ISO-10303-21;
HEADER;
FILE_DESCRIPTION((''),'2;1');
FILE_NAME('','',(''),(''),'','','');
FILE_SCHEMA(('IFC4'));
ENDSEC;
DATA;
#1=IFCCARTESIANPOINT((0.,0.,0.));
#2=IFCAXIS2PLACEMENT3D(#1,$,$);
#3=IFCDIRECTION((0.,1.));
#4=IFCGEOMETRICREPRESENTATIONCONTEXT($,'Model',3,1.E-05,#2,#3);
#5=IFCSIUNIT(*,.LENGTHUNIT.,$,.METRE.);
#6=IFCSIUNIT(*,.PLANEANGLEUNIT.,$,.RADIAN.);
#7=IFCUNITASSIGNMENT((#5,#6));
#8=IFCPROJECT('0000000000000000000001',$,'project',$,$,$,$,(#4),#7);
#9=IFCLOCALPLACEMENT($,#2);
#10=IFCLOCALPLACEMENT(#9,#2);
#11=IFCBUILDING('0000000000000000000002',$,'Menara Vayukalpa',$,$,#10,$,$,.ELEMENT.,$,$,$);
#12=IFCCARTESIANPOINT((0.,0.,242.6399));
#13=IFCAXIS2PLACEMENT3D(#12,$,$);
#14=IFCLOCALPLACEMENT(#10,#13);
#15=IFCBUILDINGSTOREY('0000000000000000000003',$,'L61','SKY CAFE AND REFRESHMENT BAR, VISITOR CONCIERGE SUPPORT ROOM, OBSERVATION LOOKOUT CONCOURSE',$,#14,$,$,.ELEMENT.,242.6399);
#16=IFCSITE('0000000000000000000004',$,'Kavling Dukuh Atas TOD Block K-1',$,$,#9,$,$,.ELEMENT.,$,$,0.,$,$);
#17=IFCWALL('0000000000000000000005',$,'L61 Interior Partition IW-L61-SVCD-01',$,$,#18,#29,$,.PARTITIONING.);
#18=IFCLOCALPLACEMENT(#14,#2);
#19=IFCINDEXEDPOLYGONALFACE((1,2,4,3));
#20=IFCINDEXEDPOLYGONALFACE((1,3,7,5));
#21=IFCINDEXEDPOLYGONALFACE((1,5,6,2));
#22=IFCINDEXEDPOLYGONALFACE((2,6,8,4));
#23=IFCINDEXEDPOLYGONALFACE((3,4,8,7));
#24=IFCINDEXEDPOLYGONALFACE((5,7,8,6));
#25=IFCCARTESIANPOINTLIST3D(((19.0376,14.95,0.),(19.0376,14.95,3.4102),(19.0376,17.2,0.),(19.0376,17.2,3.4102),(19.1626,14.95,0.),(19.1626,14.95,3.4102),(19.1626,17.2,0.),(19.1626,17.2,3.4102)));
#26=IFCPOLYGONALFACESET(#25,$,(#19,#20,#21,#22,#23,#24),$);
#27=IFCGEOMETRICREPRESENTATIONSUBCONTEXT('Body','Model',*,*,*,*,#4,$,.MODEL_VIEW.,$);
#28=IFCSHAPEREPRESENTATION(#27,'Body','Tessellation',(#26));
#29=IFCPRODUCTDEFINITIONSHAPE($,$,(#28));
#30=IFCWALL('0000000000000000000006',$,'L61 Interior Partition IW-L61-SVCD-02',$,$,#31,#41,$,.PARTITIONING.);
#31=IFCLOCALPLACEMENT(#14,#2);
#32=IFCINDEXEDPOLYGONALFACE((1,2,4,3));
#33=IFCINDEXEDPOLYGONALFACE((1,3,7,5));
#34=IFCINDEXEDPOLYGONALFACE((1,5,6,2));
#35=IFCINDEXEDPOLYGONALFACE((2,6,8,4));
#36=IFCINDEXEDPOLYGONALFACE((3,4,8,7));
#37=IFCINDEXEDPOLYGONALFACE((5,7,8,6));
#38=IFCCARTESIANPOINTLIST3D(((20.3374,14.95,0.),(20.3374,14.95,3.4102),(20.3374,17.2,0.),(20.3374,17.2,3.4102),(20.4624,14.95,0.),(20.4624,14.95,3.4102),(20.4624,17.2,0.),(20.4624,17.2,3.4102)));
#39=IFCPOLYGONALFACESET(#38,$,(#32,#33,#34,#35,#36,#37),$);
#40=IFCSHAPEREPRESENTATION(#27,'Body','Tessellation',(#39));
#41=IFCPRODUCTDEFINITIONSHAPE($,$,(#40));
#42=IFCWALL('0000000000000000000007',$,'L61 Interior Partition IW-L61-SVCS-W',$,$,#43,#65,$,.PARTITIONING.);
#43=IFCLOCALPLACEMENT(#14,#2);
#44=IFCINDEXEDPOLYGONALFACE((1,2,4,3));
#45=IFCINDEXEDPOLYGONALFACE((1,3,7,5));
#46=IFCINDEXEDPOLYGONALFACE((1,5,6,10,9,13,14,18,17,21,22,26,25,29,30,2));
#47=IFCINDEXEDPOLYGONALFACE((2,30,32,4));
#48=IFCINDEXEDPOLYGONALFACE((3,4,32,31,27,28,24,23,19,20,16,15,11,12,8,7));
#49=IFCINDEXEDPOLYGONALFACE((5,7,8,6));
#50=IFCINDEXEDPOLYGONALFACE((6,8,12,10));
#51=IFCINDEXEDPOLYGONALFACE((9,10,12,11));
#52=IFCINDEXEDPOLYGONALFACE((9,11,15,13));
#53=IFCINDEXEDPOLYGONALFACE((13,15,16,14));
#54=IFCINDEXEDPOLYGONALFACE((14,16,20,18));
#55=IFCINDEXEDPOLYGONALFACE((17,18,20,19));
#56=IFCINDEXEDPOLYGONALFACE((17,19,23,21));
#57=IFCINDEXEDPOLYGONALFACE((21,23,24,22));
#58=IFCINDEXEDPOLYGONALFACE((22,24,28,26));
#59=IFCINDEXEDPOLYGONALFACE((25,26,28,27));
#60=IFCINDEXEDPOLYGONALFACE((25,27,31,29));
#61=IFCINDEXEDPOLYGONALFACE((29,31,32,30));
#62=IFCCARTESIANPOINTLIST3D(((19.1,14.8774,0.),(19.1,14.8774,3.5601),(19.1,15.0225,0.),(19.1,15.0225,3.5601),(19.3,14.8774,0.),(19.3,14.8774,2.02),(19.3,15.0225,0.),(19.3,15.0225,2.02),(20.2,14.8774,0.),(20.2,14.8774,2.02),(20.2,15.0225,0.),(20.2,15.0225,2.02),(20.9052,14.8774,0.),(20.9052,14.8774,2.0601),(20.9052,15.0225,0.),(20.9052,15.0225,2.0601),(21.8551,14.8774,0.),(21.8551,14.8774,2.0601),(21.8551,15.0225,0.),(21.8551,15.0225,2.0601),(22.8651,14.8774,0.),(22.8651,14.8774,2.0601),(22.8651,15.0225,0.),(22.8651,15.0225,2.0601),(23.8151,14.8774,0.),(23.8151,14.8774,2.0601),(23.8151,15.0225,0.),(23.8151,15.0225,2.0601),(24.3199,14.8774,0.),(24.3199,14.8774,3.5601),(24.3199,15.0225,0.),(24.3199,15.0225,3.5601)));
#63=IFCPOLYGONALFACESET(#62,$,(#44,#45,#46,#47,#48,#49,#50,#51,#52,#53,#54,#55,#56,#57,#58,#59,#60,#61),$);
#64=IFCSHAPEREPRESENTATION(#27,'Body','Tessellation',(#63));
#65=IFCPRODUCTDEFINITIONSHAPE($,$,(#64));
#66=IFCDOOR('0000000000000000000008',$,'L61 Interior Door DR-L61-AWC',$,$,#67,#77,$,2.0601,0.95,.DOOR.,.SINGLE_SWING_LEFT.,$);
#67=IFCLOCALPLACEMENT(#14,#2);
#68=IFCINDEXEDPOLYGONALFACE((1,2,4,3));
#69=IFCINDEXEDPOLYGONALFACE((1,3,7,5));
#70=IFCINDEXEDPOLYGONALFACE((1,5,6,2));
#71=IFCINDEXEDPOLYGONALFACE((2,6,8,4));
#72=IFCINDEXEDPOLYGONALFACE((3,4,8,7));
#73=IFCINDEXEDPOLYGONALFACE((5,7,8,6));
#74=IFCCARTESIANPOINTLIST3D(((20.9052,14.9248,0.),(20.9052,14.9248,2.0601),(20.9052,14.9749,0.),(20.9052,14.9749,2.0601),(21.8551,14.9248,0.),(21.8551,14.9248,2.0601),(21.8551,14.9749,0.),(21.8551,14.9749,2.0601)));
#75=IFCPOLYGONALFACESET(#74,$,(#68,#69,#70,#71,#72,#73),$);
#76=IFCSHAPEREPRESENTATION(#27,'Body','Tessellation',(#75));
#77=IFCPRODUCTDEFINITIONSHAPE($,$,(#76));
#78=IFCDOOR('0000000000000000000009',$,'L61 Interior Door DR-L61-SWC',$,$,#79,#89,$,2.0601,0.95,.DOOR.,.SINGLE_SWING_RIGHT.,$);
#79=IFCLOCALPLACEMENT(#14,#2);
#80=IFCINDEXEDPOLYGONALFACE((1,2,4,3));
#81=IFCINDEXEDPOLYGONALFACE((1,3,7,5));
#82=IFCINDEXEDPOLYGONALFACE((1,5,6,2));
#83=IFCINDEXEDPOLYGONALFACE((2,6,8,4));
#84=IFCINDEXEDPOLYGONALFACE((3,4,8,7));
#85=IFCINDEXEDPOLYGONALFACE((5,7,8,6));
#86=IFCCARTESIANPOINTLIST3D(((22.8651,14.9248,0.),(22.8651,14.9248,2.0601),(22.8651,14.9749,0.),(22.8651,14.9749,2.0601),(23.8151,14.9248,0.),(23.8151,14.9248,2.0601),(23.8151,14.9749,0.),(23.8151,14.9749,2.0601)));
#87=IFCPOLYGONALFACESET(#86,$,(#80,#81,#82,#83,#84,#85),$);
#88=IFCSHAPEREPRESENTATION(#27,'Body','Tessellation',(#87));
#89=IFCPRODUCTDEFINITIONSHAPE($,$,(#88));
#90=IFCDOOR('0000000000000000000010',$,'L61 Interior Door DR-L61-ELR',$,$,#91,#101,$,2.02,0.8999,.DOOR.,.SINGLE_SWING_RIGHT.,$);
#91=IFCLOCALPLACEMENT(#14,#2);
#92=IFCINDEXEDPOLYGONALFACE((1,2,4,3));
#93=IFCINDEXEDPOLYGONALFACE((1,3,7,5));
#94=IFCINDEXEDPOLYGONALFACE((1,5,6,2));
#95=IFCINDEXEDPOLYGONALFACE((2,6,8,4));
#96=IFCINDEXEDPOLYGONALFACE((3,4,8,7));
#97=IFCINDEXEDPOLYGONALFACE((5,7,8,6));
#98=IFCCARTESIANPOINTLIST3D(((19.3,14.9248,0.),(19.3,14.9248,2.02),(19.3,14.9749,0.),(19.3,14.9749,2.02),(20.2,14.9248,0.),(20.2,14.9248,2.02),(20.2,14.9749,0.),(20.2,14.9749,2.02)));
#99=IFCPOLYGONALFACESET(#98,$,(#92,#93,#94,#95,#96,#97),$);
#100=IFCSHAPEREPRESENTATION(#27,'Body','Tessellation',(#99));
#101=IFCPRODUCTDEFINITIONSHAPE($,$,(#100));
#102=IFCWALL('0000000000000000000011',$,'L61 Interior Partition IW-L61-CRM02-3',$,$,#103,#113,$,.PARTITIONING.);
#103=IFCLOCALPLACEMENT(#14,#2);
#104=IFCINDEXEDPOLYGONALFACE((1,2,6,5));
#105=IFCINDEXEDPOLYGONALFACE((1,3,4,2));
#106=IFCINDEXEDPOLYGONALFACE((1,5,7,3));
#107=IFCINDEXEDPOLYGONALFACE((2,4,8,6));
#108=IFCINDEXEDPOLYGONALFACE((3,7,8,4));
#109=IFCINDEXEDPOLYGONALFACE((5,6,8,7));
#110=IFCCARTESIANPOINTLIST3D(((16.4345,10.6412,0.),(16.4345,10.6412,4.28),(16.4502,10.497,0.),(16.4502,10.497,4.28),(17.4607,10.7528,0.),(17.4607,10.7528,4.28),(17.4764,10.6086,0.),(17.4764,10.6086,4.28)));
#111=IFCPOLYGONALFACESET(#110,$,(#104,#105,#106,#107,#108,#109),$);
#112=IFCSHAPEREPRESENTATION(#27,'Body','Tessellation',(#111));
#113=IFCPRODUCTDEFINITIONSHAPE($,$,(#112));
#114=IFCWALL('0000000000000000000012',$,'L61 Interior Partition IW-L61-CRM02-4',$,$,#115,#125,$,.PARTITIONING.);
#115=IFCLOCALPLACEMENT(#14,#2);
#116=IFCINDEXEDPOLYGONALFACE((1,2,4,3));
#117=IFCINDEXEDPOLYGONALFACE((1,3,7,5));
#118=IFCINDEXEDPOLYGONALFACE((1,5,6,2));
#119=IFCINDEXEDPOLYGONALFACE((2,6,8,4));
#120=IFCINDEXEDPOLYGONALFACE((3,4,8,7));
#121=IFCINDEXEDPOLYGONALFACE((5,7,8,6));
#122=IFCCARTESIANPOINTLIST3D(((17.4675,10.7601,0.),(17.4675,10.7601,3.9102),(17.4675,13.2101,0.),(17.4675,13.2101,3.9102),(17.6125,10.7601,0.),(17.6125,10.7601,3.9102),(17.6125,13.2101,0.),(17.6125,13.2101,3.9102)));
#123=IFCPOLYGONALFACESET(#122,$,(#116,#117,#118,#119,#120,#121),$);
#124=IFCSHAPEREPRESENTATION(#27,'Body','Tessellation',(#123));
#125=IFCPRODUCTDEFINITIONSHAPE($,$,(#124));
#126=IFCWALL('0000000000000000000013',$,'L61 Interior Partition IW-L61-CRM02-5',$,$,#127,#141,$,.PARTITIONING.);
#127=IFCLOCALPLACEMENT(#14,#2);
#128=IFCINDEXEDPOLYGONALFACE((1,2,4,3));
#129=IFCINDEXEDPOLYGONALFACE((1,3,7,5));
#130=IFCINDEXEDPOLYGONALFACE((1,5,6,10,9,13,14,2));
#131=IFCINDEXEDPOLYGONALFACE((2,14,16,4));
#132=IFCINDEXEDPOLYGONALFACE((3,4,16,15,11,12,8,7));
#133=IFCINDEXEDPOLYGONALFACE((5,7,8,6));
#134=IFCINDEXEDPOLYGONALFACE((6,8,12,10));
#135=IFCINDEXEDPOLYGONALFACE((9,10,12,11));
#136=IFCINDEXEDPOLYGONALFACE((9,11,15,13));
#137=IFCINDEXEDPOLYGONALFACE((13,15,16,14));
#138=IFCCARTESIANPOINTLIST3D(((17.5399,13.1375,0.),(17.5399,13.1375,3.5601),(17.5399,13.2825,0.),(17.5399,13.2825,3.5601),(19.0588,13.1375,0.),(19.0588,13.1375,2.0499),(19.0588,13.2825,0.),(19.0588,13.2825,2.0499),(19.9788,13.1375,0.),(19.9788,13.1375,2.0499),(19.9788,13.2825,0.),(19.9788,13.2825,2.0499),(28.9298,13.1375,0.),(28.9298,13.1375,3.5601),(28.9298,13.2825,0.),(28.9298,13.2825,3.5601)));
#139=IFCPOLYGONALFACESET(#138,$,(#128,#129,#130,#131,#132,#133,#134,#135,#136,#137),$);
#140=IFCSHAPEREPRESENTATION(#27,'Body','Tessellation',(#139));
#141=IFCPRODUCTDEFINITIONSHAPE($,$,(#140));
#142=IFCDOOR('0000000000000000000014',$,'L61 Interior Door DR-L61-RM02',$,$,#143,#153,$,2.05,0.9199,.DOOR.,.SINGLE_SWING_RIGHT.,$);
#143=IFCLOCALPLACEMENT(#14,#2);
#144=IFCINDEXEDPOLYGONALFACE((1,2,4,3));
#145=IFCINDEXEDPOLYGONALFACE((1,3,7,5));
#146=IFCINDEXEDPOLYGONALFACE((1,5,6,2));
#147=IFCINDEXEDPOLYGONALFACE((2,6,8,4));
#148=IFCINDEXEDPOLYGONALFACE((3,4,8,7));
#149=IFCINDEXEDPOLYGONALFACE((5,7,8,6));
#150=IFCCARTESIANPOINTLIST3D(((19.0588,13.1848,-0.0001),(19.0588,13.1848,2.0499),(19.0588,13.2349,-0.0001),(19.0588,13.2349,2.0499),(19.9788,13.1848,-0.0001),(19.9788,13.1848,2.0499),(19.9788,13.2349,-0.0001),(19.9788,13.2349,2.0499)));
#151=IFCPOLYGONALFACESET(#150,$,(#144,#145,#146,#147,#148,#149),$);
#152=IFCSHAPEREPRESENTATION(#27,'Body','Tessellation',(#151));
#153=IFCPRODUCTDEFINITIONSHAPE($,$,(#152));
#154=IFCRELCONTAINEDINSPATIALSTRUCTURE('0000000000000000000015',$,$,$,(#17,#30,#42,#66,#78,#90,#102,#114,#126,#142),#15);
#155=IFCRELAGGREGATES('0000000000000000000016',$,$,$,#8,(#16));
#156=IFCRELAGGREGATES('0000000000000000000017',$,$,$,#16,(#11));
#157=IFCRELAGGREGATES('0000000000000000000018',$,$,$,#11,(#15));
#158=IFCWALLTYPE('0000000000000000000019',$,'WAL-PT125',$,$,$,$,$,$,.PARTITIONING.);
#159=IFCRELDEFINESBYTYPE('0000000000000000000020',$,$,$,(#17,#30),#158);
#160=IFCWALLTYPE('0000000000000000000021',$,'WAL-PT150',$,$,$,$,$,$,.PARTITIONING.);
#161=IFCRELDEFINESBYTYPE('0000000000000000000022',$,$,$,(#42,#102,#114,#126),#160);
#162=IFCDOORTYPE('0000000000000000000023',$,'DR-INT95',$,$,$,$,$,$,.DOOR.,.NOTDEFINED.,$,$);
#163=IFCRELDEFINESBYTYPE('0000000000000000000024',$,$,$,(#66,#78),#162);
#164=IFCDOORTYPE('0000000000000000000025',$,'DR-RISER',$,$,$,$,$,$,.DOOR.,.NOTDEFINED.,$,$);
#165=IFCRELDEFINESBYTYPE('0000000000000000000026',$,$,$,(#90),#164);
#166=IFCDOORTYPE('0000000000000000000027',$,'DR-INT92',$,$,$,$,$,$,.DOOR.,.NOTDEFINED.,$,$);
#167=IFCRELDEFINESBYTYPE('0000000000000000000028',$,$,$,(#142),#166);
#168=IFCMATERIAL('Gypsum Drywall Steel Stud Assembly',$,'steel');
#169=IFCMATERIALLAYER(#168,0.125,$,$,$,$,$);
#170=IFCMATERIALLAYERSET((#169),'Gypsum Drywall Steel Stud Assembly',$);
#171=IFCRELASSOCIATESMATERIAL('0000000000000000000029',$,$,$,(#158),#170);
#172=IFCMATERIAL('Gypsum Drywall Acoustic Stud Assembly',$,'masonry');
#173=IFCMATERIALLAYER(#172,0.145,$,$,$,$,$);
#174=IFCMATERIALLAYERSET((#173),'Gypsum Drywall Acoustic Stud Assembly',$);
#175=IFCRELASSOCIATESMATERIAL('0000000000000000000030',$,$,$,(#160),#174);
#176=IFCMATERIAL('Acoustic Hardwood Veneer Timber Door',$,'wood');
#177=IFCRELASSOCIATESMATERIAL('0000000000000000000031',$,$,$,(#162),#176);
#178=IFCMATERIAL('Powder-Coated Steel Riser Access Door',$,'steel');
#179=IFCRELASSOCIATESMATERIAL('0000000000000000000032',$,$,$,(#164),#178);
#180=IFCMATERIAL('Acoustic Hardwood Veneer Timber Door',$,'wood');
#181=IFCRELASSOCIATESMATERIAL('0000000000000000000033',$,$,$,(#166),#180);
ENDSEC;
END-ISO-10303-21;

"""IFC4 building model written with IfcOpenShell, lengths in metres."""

from ifc_helpers import new_model, si_unit, direction, frame, frame_2d, origin, place, context, subcontext, project, spatial, rectangle, extrude, material, layer, layer_set, type_object, element, fill, save


model = new_model("IFC4")

# Units and contexts
model_context = context("Model", 3, precision=1e-05, world=origin(), true_north=direction((0.0, 1.0)))
body_context = subcontext(model_context, "Body", "Model", "MODEL_VIEW")
ifc_project = project(units=[si_unit("LENGTHUNIT", "METRE"), si_unit("PLANEANGLEUNIT", "RADIAN")], contexts=[model_context])

# Site, building, storey
site_placement = place(None, origin())
site = spatial("IfcSite", under=ifc_project, at=site_placement, Name="Kavling Dukuh Atas TOD Block K-1", CompositionType="ELEMENT", RefElevation=0.0)
building_placement = place(site_placement, origin())
building = spatial("IfcBuilding", under=site, at=building_placement, Name="Menara Vayukalpa", CompositionType="ELEMENT")
storey_placement = place(building_placement, frame((0.0, 0.0, 242.6399)))
storey = spatial("IfcBuildingStorey", under=building, at=storey_placement, Name="L61", Description="SKY CAFE AND REFRESHMENT BAR, VISITOR CONCIERGE SUPPORT ROOM, OBSERVATION LOOKOUT CONCOURSE", CompositionType="ELEMENT", Elevation=242.6399)

# Walls
ifc_material_1 = material(Name="Gypsum Drywall Steel Stud Assembly", Category="steel")
ifc_layer_1 = layer(ifc_material_1, 0.125)
ifc_layer_set_1 = layer_set([ifc_layer_1], Name="Gypsum Drywall Steel Stud Assembly")
wall_type_1 = type_object("IfcWallType", Name="WAL-PT125", PredefinedType="PARTITIONING", material=ifc_layer_set_1)
for number, where, z_axis, x_axis, name in (
    (1, (19.1001, 14.95, 0.0), (0.0, 0.0, 1.0), (0.0, 1.0, 0.0), "L61 Interior Partition IW-L61-SVCD-01"),
    (2, (20.3999, 14.95, 0.0), (0.0, 0.0, 1.0), (0.0, 1.0, 0.0), "L61 Interior Partition IW-L61-SVCD-02"),
):
    element("IfcWall", number, at=place(storey_placement, frame(where, z_axis=z_axis, x_axis=x_axis)), inside=storey, type_object=wall_type_1, Name=name, PredefinedType="PARTITIONING", context=body_context, shape_type="SweptSolid", body=[
        extrude(rectangle(XDim=2.25, YDim=0.125, at=frame_2d((1.125, 0.0))), origin(), (0.0, 0.0, 1.0), 3.4102),
    ])

# Wall, openings, doors
ifc_material_2 = material(Name="Gypsum Drywall Acoustic Stud Assembly", Category="masonry")
ifc_layer_2 = layer(ifc_material_2, 0.145)
ifc_layer_set_2 = layer_set([ifc_layer_2], Name="Gypsum Drywall Acoustic Stud Assembly")
wall_type_2 = type_object("IfcWallType", Name="WAL-PT150", PredefinedType="PARTITIONING", material=ifc_layer_set_2)
wall_1_placement = place(storey_placement, frame((19.1001, 14.95, 0.0), z_axis=(0.0, 0.0, 1.0), x_axis=(1.0, 0.0, 0.0)))
wall_1 = element("IfcWall", 3, at=wall_1_placement, inside=storey, type_object=wall_type_2, Name="L61 Interior Partition IW-L61-SVCS-W", PredefinedType="PARTITIONING", context=body_context, shape_type="SweptSolid", body=[
    extrude(rectangle(XDim=5.22, YDim=0.145, at=frame_2d((2.6099, 0.0))), origin(), (0.0, 0.0, 1.0), 3.5601),
])
opening_1_placement = place(wall_1_placement, frame((0.2, 0.0, 0.0)))
opening_1 = element("IfcOpeningElement", 4, at=opening_1_placement, cuts=wall_1, PredefinedType="OPENING", context=body_context, shape_type="SweptSolid", body=[
    extrude(rectangle(XDim=0.8999, YDim=2.02, at=frame_2d((0.45, 1.01))), frame((0.0, 0.0825, 0.0), z_axis=(0.0, -1.0, 0.0), x_axis=(1.0, 0.0, 0.0)), (0.0, 0.0, 1.0), 0.165),
])
opening_2_placement = place(wall_1_placement, frame((1.8049, 0.0, 0.0)))
opening_2 = element("IfcOpeningElement", 5, at=opening_2_placement, cuts=wall_1, PredefinedType="OPENING", context=body_context, shape_type="SweptSolid", body=[
    extrude(rectangle(XDim=0.95, YDim=2.0601, at=frame_2d((0.4751, 1.03))), frame((0.0, 0.0825, 0.0), z_axis=(0.0, -1.0, 0.0), x_axis=(1.0, 0.0, 0.0)), (0.0, 0.0, 1.0), 0.165),
])
opening_3_placement = place(wall_1_placement, frame((3.7649, 0.0, 0.0)))
opening_3 = element("IfcOpeningElement", 6, at=opening_3_placement, cuts=wall_1, PredefinedType="OPENING", context=body_context, shape_type="SweptSolid", body=[
    extrude(rectangle(XDim=0.95, YDim=2.0601, at=frame_2d((0.4751, 1.03))), frame((0.0, 0.0825, 0.0), z_axis=(0.0, -1.0, 0.0), x_axis=(1.0, 0.0, 0.0)), (0.0, 0.0, 1.0), 0.165),
])
ifc_material_3 = material(Name="Acoustic Hardwood Veneer Timber Door", Category="wood")
door_type_1 = type_object("IfcDoorType", Name="DR-INT95", OperationType="NOTDEFINED", PredefinedType="DOOR", material=ifc_material_3)
door_1_placement = place(opening_2_placement, origin())
door_1 = element("IfcDoor", 7, at=door_1_placement, inside=storey, type_object=door_type_1, Name="L61 Interior Door DR-L61-AWC", OperationType="SINGLE_SWING_LEFT", OverallHeight=2.0601, OverallWidth=0.95, PredefinedType="DOOR", context=body_context, shape_type="SweptSolid", body=[
    extrude(rectangle(XDim=0.95, YDim=2.0601, at=frame_2d((0.4751, 1.03))), frame((0.0, 0.0249, 0.0), z_axis=(0.0, -1.0, 0.0), x_axis=(1.0, 0.0, 0.0)), (0.0, 0.0, 1.0), 0.05),
])
fill(opening_2, door_1)
door_2_placement = place(opening_3_placement, origin())
door_2 = element("IfcDoor", 8, at=door_2_placement, inside=storey, type_object=door_type_1, Name="L61 Interior Door DR-L61-SWC", OperationType="SINGLE_SWING_RIGHT", OverallHeight=2.0601, OverallWidth=0.95, PredefinedType="DOOR", context=body_context, shape_type="SweptSolid", body=[
    extrude(rectangle(XDim=0.95, YDim=2.0601, at=frame_2d((0.4751, 1.03))), frame((0.0, 0.0249, 0.0), z_axis=(0.0, -1.0, 0.0), x_axis=(1.0, 0.0, 0.0)), (0.0, 0.0, 1.0), 0.05),
])
fill(opening_3, door_2)
ifc_material_4 = material(Name="Powder-Coated Steel Riser Access Door", Category="steel")
door_type_2 = type_object("IfcDoorType", Name="DR-RISER", OperationType="NOTDEFINED", PredefinedType="DOOR", material=ifc_material_4)
door_3_placement = place(opening_1_placement, origin())
door_3 = element("IfcDoor", 9, at=door_3_placement, inside=storey, type_object=door_type_2, Name="L61 Interior Door DR-L61-ELR", OperationType="SINGLE_SWING_RIGHT", OverallHeight=2.02, OverallWidth=0.8999, PredefinedType="DOOR", context=body_context, shape_type="SweptSolid", body=[
    extrude(rectangle(XDim=0.8999, YDim=2.02, at=frame_2d((0.45, 1.01))), frame((0.0, 0.0249, 0.0), z_axis=(0.0, -1.0, 0.0), x_axis=(1.0, 0.0, 0.0)), (0.0, 0.0, 1.0), 0.05),
])
fill(opening_1, door_3)

# Walls
wall_2_placement = place(storey_placement, frame((16.4424, 10.5691, 0.0), z_axis=(0.0, 0.0, 1.0), x_axis=(0.994141, 0.108095, 0.0)))
element("IfcWall", 10, at=wall_2_placement, inside=storey, type_object=wall_type_2, Name="L61 Interior Partition IW-L61-CRM02-3", PredefinedType="PARTITIONING", context=body_context, shape_type="SweptSolid", body=[
    extrude(rectangle(XDim=1.0322, YDim=0.145, at=frame_2d((0.5161, 0.0))), origin(), (0.0, 0.0, 1.0), 4.28),
])
wall_3_placement = place(storey_placement, frame((17.54, 10.76, 0.0), z_axis=(0.0, 0.0, 1.0), x_axis=(0.0, 1.0, 0.0)))
element("IfcWall", 11, at=wall_3_placement, inside=storey, type_object=wall_type_2, Name="L61 Interior Partition IW-L61-CRM02-4", PredefinedType="PARTITIONING", context=body_context, shape_type="SweptSolid", body=[
    extrude(rectangle(XDim=2.45, YDim=0.145, at=frame_2d((1.2251, 0.0))), origin(), (0.0, 0.0, 1.0), 3.9102),
])

# Wall, opening, door
wall_4_placement = place(storey_placement, frame((17.54, 13.21, 0.0), z_axis=(0.0, 0.0, 1.0), x_axis=(1.0, 0.0, 0.0)))
wall_4 = element("IfcWall", 12, at=wall_4_placement, inside=storey, type_object=wall_type_2, Name="L61 Interior Partition IW-L61-CRM02-5", PredefinedType="PARTITIONING", context=body_context, shape_type="SweptSolid", body=[
    extrude(rectangle(XDim=11.3899, YDim=0.145, at=frame_2d((5.6948, 0.0))), origin(), (0.0, 0.0, 1.0), 3.5601),
])
opening_4_placement = place(wall_4_placement, frame((1.5188, 0.0, 0.0)))
opening_4 = element("IfcOpeningElement", 13, at=opening_4_placement, cuts=wall_4, PredefinedType="OPENING", context=body_context, shape_type="SweptSolid", body=[
    extrude(rectangle(XDim=0.9199, YDim=2.05, at=frame_2d((0.46, 1.0249))), frame((0.0, 0.0825, 0.0), z_axis=(0.0, -1.0, 0.0), x_axis=(1.0, 0.0, 0.0)), (0.0, 0.0, 1.0), 0.165),
])
ifc_material_5 = material(Name="Acoustic Hardwood Veneer Timber Door", Category="wood")
door_type_3 = type_object("IfcDoorType", Name="DR-INT92", OperationType="NOTDEFINED", PredefinedType="DOOR", material=ifc_material_5)
door_4_placement = place(opening_4_placement, origin())
door_4 = element("IfcDoor", 14, at=door_4_placement, inside=storey, type_object=door_type_3, Name="L61 Interior Door DR-L61-RM02", OperationType="SINGLE_SWING_RIGHT", OverallHeight=2.05, OverallWidth=0.9199, PredefinedType="DOOR", context=body_context, shape_type="SweptSolid", body=[
    extrude(rectangle(XDim=0.9199, YDim=2.05, at=frame_2d((0.46, 1.0249))), frame((0.0, 0.0249, 0.0), z_axis=(0.0, -1.0, 0.0), x_axis=(1.0, 0.0, 0.0)), (0.0, 0.0, 1.0), 0.05),
])
fill(opening_4, door_4)

save(model, "model.ifc")
